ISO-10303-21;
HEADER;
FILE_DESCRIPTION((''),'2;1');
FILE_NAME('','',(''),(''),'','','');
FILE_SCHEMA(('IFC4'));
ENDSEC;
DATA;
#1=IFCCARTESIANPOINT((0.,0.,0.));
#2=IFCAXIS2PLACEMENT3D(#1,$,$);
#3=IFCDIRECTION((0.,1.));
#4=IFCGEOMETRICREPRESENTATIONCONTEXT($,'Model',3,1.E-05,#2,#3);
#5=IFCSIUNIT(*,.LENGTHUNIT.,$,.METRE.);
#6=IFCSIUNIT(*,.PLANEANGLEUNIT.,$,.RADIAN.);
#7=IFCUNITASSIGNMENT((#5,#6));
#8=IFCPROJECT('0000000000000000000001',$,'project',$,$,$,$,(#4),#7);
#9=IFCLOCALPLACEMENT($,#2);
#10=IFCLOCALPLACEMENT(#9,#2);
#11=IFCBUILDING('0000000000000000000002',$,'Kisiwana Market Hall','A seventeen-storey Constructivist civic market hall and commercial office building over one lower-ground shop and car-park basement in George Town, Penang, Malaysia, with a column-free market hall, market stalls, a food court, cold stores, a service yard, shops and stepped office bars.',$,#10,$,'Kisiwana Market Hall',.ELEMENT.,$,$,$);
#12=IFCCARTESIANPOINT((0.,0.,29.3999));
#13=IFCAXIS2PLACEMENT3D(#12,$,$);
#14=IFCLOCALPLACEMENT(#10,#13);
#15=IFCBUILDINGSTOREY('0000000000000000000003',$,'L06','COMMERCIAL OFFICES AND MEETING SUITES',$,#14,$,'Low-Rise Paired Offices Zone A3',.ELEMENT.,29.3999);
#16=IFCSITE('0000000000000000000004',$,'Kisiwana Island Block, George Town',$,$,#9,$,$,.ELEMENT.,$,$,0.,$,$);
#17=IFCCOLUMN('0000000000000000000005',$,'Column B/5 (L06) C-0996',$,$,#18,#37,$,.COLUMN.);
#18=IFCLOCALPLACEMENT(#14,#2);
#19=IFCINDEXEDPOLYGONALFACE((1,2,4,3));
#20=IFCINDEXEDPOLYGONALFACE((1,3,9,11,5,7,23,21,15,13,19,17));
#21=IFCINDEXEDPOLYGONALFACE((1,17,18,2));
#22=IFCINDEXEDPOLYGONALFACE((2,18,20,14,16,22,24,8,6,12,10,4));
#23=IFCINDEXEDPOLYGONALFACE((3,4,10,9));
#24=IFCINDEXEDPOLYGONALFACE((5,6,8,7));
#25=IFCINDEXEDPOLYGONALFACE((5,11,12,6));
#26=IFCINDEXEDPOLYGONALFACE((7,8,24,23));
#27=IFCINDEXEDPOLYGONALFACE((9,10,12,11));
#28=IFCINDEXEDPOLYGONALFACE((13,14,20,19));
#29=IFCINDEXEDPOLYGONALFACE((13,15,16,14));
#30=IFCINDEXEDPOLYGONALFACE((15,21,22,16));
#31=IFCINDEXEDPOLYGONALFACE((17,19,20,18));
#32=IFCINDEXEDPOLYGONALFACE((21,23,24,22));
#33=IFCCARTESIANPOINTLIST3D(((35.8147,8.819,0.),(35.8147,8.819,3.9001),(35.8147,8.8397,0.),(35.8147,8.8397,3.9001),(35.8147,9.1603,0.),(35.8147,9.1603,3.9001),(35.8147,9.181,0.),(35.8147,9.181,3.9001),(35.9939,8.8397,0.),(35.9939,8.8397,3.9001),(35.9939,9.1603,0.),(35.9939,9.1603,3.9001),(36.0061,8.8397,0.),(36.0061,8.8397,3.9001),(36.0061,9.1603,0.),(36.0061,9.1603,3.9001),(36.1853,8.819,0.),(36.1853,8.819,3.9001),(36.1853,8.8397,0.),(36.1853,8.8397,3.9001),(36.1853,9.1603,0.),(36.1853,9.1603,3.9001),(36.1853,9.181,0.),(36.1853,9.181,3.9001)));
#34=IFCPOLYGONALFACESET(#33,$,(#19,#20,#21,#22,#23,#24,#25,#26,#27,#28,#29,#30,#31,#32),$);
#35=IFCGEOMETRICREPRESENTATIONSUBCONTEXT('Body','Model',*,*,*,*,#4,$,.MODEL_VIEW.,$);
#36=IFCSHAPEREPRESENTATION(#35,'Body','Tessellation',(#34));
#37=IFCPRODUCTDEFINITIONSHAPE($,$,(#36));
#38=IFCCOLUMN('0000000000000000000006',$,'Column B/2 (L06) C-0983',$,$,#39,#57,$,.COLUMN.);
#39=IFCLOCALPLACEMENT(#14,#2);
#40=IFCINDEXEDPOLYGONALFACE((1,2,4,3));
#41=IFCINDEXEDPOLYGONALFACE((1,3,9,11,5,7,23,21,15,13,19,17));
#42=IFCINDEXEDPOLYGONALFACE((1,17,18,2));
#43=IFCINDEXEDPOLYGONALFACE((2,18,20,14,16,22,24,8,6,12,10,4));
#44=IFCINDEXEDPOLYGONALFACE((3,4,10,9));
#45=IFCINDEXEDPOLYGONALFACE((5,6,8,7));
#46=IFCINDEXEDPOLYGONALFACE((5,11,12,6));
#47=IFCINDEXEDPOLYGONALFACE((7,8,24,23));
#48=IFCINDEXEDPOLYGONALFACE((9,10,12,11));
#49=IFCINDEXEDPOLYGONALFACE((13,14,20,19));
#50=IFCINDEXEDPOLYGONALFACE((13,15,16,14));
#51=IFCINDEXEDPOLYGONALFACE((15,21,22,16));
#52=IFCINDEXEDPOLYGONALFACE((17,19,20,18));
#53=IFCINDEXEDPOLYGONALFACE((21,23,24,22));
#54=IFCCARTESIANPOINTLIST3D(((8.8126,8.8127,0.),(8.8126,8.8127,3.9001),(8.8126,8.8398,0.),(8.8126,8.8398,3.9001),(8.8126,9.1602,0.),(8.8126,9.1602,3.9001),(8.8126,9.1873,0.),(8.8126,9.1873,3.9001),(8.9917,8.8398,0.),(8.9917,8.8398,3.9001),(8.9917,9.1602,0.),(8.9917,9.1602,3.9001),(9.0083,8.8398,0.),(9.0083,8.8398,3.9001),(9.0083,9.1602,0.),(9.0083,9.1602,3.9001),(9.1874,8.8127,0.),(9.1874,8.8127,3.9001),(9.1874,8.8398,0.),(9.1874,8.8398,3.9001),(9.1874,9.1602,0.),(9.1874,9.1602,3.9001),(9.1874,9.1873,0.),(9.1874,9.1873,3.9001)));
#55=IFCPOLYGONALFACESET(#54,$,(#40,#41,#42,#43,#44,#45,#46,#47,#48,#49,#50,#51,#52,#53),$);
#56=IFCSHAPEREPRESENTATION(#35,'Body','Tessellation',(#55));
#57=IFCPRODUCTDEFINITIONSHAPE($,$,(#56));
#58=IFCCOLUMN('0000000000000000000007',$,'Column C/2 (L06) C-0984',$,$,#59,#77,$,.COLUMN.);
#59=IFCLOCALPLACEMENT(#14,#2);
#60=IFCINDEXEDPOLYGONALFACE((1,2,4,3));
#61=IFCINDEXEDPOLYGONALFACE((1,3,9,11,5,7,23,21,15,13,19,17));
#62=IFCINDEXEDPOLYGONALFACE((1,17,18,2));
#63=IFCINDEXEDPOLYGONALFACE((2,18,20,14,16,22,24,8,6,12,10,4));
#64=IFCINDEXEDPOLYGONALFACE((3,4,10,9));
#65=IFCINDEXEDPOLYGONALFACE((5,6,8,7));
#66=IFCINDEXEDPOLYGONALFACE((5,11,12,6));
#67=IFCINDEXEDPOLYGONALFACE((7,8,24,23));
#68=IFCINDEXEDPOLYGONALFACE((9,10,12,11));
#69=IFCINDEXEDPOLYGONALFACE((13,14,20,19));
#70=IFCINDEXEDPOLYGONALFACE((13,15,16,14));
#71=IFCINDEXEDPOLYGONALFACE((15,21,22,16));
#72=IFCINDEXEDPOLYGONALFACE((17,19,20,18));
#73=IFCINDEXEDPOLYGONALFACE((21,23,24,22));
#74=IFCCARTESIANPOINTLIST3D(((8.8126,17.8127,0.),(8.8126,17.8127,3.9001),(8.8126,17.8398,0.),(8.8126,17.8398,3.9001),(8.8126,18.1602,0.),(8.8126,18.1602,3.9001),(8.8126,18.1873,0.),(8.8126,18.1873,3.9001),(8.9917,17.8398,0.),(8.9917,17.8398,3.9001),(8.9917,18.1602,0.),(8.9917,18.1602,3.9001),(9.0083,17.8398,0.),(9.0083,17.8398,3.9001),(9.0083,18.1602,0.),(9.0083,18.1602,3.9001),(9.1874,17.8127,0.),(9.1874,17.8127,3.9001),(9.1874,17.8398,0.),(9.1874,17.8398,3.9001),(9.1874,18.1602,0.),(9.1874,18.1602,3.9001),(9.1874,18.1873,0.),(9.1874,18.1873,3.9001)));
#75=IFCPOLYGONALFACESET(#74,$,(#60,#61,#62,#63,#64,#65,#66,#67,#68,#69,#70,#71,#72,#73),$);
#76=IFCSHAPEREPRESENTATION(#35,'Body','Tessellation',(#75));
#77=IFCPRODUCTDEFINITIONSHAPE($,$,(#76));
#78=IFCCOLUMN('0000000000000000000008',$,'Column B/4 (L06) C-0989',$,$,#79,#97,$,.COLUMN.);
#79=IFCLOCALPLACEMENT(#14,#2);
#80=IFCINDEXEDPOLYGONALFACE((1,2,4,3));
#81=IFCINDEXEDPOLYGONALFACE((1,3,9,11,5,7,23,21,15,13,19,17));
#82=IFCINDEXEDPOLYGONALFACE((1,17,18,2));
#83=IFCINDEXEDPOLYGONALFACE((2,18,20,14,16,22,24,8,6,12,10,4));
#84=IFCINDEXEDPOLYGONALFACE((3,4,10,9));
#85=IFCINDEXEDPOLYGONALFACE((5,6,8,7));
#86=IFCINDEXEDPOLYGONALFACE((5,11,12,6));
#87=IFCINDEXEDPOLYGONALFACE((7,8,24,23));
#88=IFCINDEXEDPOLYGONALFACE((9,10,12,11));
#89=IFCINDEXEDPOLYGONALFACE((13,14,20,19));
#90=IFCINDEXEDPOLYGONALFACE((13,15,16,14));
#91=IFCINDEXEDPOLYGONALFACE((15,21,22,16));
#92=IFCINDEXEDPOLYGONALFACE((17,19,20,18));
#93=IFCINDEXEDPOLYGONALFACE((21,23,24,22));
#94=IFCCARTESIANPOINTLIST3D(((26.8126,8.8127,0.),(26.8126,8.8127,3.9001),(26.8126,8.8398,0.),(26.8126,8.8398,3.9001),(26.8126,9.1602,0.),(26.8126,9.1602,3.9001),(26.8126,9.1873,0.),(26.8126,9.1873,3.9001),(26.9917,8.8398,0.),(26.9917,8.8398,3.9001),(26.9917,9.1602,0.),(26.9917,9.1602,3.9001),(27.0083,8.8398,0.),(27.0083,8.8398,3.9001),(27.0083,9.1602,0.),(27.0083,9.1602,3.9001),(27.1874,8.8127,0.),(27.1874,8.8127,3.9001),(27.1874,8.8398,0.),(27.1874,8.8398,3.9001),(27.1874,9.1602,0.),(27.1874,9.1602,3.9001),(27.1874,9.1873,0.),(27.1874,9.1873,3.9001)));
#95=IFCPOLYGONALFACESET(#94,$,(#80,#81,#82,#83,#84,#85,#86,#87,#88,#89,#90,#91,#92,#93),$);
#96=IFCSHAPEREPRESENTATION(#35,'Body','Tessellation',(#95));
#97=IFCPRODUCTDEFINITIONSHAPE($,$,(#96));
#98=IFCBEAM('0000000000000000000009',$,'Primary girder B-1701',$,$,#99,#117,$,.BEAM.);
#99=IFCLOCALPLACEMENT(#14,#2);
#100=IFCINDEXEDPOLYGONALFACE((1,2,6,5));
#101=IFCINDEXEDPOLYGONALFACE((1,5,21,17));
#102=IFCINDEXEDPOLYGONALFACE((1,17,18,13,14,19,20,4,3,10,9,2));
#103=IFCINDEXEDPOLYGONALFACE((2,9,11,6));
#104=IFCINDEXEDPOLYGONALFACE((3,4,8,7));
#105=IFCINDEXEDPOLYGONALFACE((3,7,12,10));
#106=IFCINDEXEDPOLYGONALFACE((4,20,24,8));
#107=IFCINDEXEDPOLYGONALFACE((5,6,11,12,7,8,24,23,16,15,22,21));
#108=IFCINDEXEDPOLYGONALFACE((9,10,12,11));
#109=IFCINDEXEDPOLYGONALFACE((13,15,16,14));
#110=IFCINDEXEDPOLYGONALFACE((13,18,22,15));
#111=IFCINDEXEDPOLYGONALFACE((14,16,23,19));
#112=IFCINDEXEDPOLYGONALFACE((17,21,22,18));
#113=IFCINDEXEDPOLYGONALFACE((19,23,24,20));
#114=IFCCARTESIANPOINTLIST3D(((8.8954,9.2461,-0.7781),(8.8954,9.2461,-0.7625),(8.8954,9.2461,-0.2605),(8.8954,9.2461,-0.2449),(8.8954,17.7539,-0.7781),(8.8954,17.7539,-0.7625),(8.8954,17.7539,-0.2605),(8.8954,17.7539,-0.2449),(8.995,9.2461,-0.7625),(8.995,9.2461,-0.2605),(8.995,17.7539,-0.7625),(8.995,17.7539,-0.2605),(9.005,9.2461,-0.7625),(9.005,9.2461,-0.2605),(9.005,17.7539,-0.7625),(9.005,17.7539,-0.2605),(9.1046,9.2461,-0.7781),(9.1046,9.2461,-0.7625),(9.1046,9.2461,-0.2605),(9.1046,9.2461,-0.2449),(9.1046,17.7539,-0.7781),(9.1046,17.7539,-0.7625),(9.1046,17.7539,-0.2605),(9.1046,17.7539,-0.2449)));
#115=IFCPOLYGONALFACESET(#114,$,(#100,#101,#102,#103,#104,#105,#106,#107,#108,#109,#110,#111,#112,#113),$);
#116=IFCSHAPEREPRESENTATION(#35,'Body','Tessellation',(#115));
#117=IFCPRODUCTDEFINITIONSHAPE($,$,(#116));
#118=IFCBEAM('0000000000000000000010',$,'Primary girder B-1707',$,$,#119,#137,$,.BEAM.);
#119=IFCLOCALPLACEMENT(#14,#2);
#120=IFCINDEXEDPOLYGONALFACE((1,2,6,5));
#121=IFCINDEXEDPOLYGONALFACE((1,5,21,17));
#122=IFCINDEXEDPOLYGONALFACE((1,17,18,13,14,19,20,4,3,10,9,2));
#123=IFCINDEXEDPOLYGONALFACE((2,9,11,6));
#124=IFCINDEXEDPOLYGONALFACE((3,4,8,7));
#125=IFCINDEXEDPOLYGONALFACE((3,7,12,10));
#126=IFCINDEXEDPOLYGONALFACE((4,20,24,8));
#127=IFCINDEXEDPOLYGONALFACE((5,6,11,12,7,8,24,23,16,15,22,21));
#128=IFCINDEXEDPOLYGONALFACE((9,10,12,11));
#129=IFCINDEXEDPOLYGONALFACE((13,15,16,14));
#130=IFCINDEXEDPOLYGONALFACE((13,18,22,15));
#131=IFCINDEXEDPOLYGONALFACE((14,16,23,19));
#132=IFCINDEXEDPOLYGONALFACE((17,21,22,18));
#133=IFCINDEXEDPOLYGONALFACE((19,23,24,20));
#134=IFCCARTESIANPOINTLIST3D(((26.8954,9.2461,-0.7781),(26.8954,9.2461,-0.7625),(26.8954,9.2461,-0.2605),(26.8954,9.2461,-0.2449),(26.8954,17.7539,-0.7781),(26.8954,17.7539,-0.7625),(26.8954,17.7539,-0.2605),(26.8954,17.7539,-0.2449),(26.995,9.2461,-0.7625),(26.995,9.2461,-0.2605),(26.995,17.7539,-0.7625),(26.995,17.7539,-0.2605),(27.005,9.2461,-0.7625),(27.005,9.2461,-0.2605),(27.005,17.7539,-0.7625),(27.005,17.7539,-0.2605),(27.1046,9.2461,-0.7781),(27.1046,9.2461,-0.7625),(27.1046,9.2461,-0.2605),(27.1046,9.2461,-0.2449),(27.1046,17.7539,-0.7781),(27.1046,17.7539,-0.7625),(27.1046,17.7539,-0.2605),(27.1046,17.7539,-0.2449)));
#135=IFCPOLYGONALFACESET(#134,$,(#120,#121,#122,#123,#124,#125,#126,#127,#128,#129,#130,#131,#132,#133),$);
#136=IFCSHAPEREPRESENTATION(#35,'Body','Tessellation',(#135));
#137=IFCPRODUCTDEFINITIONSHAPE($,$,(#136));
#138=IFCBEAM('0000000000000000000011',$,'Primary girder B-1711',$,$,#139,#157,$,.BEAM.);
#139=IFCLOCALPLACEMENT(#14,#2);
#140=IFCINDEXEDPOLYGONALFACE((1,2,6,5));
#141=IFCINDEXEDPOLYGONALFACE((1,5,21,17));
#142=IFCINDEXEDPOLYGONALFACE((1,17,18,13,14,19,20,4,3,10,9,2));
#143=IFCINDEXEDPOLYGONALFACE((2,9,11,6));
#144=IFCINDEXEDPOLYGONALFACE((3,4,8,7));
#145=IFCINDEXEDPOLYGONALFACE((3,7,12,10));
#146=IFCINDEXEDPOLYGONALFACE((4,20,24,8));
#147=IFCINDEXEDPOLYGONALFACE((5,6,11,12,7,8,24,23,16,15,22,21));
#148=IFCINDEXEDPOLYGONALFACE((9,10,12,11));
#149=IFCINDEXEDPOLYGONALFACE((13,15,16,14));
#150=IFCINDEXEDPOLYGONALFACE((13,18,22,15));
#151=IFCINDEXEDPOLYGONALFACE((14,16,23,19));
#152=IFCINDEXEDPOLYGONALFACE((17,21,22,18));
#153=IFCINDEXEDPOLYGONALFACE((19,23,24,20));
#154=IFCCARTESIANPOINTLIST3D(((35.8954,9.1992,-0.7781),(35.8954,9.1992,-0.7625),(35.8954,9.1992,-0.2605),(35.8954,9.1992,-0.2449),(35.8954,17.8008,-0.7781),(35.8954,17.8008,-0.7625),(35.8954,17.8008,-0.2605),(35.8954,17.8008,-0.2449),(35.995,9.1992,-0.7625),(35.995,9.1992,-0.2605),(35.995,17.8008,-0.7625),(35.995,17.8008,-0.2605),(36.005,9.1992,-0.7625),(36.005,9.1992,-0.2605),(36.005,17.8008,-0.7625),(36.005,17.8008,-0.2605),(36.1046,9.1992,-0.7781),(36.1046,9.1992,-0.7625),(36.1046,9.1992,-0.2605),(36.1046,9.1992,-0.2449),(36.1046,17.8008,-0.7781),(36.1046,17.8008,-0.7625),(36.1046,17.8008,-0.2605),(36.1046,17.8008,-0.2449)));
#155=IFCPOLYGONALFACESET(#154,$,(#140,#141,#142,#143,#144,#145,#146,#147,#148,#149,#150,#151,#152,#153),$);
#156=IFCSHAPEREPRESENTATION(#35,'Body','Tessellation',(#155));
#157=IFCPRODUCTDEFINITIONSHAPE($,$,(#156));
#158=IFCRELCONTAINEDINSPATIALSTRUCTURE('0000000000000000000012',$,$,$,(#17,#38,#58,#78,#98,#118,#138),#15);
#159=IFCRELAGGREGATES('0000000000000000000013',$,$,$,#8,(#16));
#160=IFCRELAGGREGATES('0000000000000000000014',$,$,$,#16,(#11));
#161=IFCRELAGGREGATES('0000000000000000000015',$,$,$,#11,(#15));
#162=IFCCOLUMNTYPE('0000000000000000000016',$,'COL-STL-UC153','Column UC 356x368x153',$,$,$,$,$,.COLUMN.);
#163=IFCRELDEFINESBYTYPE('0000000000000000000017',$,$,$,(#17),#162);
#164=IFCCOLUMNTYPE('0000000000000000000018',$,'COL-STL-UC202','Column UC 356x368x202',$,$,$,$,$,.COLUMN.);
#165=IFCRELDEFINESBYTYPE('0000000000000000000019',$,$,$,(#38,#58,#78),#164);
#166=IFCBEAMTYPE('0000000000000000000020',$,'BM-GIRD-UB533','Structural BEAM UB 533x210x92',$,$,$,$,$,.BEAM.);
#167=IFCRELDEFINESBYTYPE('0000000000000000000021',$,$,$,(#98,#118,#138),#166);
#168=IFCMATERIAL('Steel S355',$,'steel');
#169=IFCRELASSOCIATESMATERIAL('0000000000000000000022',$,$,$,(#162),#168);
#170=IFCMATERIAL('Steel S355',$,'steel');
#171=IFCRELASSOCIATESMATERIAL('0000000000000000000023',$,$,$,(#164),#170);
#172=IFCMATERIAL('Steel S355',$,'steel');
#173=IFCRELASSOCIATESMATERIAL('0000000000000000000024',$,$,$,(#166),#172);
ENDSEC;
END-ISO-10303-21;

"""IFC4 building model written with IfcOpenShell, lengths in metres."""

from ifc_helpers import new_model, si_unit, direction, frame, origin, origin_2d, place, context, subcontext, project, spatial, i_section, extrude, material, material_profile, profile_set, type_object, element, save


model = new_model("IFC4")

# Units and contexts
model_context = context("Model", 3, precision=1e-05, world=origin(), true_north=direction((0.0, 1.0)))
body_context = subcontext(model_context, "Body", "Model", "MODEL_VIEW")
ifc_project = project(units=[si_unit("LENGTHUNIT", "METRE"), si_unit("PLANEANGLEUNIT", "RADIAN")], contexts=[model_context])

# Site, building, storey
site_placement = place(None, origin())
site = spatial("IfcSite", under=ifc_project, at=site_placement, Name="Kisiwana Island Block, George Town", CompositionType="ELEMENT", RefElevation=0.0)
building_placement = place(site_placement, origin())
building = spatial("IfcBuilding", under=site, at=building_placement, Name="Kisiwana Market Hall", Description="A seventeen-storey Constructivist civic market hall and commercial office building over one lower-ground shop and car-park basement in George Town, Penang, Malaysia, with a column-free market hall, market stalls, a food court, cold stores, a service yard, shops and stepped office bars.", LongName="Kisiwana Market Hall", CompositionType="ELEMENT")
storey_placement = place(building_placement, frame((0.0, 0.0, 29.3999)))
storey = spatial("IfcBuildingStorey", under=building, at=storey_placement, Name="L06", Description="COMMERCIAL OFFICES AND MEETING SUITES", LongName="Low-Rise Paired Offices Zone A3", CompositionType="ELEMENT", Elevation=29.3999)

# Columns
ifc_material_1 = material(Name="Steel S355", Category="steel")
ifc_material_profile_1 = material_profile(ifc_material_1, i_section(OverallWidth=0.3706, OverallDepth=0.3621, WebThickness=0.0122, FlangeThickness=0.0208, at=origin_2d()), Name="UC 356x368x153")
ifc_profile_set_1 = profile_set([ifc_material_profile_1], Name="Steel S355")
column_type_1 = type_object("IfcColumnType", Name="COL-STL-UC153", Description="Column UC 356x368x153", PredefinedType="COLUMN", material=ifc_profile_set_1)
column_placement = place(storey_placement, frame((36.0, 9.0, 0.0), z_axis=(0.0, 0.0, 1.0), x_axis=(1.0, 0.0, 0.0)))
element("IfcColumn", 1, at=column_placement, inside=storey, type_object=column_type_1, Name="Column B/5 (L06) C-0996", PredefinedType="COLUMN", context=body_context, shape_type="SweptSolid", body=[
    extrude(i_section(OverallWidth=0.3706, OverallDepth=0.3621, WebThickness=0.0122, FlangeThickness=0.0208, at=origin_2d()), origin(), (0.0, 0.0, 1.0), 3.9001),
])
ifc_material_2 = material(Name="Steel S355", Category="steel")
ifc_material_profile_2 = material_profile(ifc_material_2, i_section(OverallWidth=0.3748, OverallDepth=0.3745, WebThickness=0.0166, FlangeThickness=0.0271, at=origin_2d()), Name="UC 356x368x202")
ifc_profile_set_2 = profile_set([ifc_material_profile_2], Name="Steel S355")
column_type_2 = type_object("IfcColumnType", Name="COL-STL-UC202", Description="Column UC 356x368x202", PredefinedType="COLUMN", material=ifc_profile_set_2)
for number, where, z_axis, x_axis, name in (
    (2, (9.0, 9.0, 0.0), (0.0, 0.0, 1.0), (1.0, 0.0, 0.0), "Column B/2 (L06) C-0983"),
    (3, (9.0, 18.0, 0.0), (0.0, 0.0, 1.0), (1.0, 0.0, 0.0), "Column C/2 (L06) C-0984"),
    (4, (27.0, 9.0, 0.0), (0.0, 0.0, 1.0), (1.0, 0.0, 0.0), "Column B/4 (L06) C-0989"),
):
    element("IfcColumn", number, at=place(storey_placement, frame(where, z_axis=z_axis, x_axis=x_axis)), inside=storey, type_object=column_type_2, Name=name, PredefinedType="COLUMN", context=body_context, shape_type="SweptSolid", body=[
        extrude(i_section(OverallWidth=0.3748, OverallDepth=0.3745, WebThickness=0.0166, FlangeThickness=0.0271, at=origin_2d()), origin(), (0.0, 0.0, 1.0), 3.9001),
    ])

# Beams
ifc_material_3 = material(Name="Steel S355", Category="steel")
ifc_material_profile_3 = material_profile(ifc_material_3, i_section(OverallWidth=0.2092, OverallDepth=0.5332, WebThickness=0.01, FlangeThickness=0.0156, at=origin_2d()), Name="UB 533x210x92")
ifc_profile_set_3 = profile_set([ifc_material_profile_3], Name="Steel S355")
beam_type_1 = type_object("IfcBeamType", Name="BM-GIRD-UB533", Description="Structural BEAM UB 533x210x92", PredefinedType="BEAM", material=ifc_profile_set_3)
for number, where, z_axis, x_axis, name in (
    (5, (9.0, 9.2461, -0.5115), (0.0, 1.0, 0.0), (-1.0, 0.0, 0.0), "Primary girder B-1701"),
    (6, (27.0, 9.2461, -0.5115), (0.0, 1.0, 0.0), (-1.0, 0.0, 0.0), "Primary girder B-1707"),
):
    element("IfcBeam", number, at=place(storey_placement, frame(where, z_axis=z_axis, x_axis=x_axis)), inside=storey, type_object=beam_type_1, Name=name, PredefinedType="BEAM", context=body_context, shape_type="SweptSolid", body=[
        extrude(i_section(OverallWidth=0.2092, OverallDepth=0.5332, WebThickness=0.01, FlangeThickness=0.0156, at=origin_2d()), origin(), (0.0, 0.0, 1.0), 8.5078),
    ])
beam_1_placement = place(storey_placement, frame((36.0, 9.1992, -0.5115), z_axis=(0.0, 1.0, 0.0), x_axis=(-1.0, 0.0, 0.0)))
element("IfcBeam", 7, at=beam_1_placement, inside=storey, type_object=beam_type_1, Name="Primary girder B-1711", PredefinedType="BEAM", context=body_context, shape_type="SweptSolid", body=[
    extrude(i_section(OverallWidth=0.2092, OverallDepth=0.5332, WebThickness=0.01, FlangeThickness=0.0156, at=origin_2d()), origin(), (0.0, 0.0, 1.0), 8.6016),
])

save(model, "model.ifc")
